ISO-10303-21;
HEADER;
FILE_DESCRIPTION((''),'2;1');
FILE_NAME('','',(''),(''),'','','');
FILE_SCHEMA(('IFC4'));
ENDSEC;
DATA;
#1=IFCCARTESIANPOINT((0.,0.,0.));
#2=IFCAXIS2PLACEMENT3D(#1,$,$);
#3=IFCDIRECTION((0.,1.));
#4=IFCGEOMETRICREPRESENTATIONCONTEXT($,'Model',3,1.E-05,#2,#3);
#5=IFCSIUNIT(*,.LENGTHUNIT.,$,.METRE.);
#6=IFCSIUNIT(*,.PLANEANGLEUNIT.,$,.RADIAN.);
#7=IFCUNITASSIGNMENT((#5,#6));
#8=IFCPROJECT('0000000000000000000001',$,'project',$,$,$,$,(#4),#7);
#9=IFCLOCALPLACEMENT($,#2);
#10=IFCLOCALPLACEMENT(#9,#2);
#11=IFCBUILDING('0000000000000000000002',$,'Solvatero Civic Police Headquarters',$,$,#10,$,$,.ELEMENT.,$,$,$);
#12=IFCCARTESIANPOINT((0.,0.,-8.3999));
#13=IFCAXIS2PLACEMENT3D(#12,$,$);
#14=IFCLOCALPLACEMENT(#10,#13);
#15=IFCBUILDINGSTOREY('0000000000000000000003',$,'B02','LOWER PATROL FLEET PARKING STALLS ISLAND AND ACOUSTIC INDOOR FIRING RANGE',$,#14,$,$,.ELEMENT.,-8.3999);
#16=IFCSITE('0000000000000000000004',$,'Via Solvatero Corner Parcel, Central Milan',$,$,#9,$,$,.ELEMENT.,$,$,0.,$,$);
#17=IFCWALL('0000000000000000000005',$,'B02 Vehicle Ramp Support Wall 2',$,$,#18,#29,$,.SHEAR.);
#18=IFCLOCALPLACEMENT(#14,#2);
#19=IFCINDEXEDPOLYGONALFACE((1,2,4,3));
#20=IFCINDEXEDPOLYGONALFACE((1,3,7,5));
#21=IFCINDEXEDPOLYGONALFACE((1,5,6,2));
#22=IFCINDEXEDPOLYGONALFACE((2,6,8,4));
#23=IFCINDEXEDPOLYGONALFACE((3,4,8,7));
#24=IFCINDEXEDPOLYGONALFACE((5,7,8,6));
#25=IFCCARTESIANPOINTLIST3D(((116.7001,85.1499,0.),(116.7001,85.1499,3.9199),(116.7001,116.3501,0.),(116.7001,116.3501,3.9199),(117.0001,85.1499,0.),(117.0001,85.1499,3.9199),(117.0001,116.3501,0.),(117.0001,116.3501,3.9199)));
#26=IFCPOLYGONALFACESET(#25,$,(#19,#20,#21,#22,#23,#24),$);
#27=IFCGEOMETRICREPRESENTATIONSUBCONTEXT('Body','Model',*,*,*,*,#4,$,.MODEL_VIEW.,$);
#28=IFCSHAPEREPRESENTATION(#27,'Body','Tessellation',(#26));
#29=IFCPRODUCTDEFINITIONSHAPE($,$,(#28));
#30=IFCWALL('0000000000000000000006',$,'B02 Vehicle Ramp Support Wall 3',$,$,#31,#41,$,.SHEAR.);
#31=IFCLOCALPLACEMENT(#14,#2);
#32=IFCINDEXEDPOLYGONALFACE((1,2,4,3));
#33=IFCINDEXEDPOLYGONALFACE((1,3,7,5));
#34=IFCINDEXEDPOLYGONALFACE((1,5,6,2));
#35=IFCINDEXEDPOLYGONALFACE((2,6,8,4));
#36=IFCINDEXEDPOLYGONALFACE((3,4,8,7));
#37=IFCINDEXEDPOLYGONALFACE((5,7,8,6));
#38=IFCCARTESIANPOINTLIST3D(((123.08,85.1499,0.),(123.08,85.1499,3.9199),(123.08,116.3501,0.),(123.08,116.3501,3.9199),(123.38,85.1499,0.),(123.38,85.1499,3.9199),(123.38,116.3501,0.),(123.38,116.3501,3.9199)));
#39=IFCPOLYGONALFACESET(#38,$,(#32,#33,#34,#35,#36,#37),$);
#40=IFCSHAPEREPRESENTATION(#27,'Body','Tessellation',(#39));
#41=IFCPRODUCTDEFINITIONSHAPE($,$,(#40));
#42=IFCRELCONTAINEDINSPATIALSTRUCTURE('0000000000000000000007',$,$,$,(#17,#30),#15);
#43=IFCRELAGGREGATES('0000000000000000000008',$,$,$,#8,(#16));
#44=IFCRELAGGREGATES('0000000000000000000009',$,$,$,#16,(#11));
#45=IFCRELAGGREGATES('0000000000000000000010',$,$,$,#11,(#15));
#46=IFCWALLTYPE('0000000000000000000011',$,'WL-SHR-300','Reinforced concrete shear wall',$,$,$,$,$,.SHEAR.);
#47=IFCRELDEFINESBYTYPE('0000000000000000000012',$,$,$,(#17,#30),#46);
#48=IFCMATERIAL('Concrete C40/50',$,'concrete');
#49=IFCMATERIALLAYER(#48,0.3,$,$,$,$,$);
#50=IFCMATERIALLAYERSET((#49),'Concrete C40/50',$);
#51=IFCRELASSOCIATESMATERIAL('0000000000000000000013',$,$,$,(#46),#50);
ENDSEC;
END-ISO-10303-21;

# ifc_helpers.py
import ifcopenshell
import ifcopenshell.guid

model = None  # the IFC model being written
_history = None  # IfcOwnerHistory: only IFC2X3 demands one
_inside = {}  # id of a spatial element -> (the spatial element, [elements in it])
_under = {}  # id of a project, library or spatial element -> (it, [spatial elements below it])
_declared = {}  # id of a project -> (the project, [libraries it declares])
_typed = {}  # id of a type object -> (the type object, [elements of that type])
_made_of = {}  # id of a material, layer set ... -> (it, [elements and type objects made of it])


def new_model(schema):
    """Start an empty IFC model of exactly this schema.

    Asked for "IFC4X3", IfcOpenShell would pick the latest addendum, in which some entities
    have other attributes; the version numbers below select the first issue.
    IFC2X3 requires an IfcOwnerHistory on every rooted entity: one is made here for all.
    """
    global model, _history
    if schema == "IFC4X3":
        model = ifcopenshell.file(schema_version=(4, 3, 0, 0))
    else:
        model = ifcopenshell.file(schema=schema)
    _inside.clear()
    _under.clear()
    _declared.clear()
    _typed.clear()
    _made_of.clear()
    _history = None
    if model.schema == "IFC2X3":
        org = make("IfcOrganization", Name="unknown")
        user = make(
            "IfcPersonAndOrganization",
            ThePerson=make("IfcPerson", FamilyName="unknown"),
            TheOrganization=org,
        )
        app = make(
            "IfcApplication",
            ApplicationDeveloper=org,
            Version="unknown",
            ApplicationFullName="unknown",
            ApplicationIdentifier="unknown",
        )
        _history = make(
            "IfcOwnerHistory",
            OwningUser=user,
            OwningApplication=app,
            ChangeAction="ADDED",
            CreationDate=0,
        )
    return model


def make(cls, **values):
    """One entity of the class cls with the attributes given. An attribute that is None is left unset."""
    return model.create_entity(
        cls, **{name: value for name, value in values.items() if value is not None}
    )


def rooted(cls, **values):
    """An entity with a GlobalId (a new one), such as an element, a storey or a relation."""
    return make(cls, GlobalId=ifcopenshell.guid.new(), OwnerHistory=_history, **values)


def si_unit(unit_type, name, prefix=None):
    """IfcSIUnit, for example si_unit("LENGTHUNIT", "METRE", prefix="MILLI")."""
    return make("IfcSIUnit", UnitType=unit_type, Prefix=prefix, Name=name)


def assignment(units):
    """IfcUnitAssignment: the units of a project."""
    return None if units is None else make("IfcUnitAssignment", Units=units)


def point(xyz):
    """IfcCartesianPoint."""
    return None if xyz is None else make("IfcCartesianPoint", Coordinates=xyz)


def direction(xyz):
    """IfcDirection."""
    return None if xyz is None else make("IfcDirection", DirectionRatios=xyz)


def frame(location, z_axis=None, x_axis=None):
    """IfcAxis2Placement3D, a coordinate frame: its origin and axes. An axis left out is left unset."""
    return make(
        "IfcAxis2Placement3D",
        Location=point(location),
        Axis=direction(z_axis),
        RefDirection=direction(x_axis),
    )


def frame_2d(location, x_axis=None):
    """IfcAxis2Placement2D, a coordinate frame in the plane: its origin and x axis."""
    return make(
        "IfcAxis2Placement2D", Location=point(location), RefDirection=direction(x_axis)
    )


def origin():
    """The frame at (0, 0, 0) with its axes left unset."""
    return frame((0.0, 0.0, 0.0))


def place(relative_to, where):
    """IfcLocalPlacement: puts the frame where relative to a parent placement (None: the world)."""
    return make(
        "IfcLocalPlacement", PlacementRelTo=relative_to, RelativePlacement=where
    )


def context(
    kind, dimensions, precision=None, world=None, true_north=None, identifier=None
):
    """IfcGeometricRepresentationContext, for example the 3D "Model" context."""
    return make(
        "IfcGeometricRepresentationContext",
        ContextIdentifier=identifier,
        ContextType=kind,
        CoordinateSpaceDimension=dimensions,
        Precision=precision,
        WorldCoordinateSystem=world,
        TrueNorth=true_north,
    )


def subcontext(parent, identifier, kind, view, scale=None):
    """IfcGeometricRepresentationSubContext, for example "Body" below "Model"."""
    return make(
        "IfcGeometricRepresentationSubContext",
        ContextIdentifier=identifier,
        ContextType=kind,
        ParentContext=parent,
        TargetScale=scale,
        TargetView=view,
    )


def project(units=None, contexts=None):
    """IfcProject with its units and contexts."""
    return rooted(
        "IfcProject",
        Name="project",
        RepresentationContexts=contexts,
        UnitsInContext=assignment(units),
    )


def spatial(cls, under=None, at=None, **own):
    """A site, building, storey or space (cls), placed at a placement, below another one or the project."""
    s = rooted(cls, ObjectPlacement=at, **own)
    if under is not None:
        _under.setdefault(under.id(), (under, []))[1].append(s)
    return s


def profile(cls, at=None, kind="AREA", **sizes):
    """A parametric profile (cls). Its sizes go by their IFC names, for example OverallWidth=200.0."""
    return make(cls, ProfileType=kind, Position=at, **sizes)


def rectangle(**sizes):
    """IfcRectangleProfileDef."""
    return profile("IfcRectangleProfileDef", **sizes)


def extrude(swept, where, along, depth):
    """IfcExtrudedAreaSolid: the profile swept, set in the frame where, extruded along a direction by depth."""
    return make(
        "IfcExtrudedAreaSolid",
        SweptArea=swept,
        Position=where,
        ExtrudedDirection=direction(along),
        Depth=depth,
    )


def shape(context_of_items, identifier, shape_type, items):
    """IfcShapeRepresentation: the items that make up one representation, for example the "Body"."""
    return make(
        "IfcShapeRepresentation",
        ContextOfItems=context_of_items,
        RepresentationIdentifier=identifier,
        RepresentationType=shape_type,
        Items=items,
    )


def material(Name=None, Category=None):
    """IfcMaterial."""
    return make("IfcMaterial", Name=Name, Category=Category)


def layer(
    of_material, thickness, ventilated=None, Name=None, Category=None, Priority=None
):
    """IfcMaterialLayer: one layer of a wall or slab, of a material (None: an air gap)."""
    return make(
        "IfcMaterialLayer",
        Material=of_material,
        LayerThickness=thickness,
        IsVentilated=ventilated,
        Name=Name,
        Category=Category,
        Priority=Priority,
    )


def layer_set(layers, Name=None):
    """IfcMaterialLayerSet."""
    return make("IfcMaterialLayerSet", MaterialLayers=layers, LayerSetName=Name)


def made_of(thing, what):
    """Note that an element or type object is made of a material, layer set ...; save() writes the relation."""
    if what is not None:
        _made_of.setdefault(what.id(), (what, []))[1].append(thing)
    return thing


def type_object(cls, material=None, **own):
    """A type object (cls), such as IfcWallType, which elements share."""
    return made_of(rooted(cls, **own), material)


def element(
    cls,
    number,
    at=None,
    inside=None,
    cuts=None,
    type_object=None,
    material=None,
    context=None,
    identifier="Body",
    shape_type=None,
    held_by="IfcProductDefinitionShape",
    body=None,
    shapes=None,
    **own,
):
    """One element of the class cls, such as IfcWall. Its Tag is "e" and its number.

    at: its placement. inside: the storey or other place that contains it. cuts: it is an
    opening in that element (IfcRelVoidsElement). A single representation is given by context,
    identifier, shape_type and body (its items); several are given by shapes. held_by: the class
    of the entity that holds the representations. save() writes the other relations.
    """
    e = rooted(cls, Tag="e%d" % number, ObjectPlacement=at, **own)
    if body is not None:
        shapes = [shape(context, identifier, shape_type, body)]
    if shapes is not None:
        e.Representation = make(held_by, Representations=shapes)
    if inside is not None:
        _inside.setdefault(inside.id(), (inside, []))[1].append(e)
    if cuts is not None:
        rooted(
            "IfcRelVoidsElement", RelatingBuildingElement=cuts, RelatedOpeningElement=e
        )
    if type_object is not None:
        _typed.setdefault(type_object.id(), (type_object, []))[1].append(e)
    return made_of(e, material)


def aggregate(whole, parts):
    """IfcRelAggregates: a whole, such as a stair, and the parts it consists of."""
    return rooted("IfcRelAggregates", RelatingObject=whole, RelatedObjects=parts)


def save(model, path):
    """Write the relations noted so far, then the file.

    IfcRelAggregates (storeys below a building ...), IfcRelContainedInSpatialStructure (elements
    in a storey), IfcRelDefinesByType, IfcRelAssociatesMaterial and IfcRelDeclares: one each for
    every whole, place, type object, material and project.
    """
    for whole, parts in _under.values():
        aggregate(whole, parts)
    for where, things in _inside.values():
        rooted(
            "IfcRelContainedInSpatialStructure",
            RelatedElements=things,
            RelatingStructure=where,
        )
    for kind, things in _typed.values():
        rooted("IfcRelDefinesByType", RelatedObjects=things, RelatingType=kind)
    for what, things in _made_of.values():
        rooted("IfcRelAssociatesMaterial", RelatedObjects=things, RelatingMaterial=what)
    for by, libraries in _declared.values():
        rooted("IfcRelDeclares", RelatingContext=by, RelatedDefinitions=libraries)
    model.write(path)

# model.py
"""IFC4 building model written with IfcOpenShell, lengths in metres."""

from ifc_helpers import new_model, si_unit, direction, frame, frame_2d, origin, place, context, subcontext, project, spatial, rectangle, extrude, material, layer, layer_set, type_object, element, save


model = new_model("IFC4")

# Units and contexts
model_context = context("Model", 3, precision=1e-05, world=origin(), true_north=direction((0.0, 1.0)))
body_context = subcontext(model_context, "Body", "Model", "MODEL_VIEW")
ifc_project = project(units=[si_unit("LENGTHUNIT", "METRE"), si_unit("PLANEANGLEUNIT", "RADIAN")], contexts=[model_context])

# Site, building, storey
site_placement = place(None, origin())
site = spatial("IfcSite", under=ifc_project, at=site_placement, Name="Via Solvatero Corner Parcel, Central Milan", CompositionType="ELEMENT", RefElevation=0.0)
building_placement = place(site_placement, origin())
building = spatial("IfcBuilding", under=site, at=building_placement, Name="Solvatero Civic Police Headquarters", CompositionType="ELEMENT")
storey_placement = place(building_placement, frame((0.0, 0.0, -8.3999)))
storey = spatial("IfcBuildingStorey", under=building, at=storey_placement, Name="B02", Description="LOWER PATROL FLEET PARKING STALLS ISLAND AND ACOUSTIC INDOOR FIRING RANGE", CompositionType="ELEMENT", Elevation=-8.3999)

# Shared definitions
ifc_material_1 = material(Name="Concrete C40/50", Category="concrete")

# Walls
ifc_layer_1 = layer(ifc_material_1, 0.3)
ifc_layer_set_1 = layer_set([ifc_layer_1], Name="Concrete C40/50")
wall_type_1 = type_object("IfcWallType", Name="WL-SHR-300", Description="Reinforced concrete shear wall", PredefinedType="SHEAR", material=ifc_layer_set_1)
for number, where, z_axis, x_axis, name in (
    (1, (116.8501, 85.1499, 0.0), (0.0, 0.0, 1.0), (0.0, 1.0, 0.0), "B02 Vehicle Ramp Support Wall 2"),
    (2, (123.23, 85.1499, 0.0), (0.0, 0.0, 1.0), (0.0, 1.0, 0.0), "B02 Vehicle Ramp Support Wall 3"),
):
    element("IfcWall", number, at=place(storey_placement, frame(where, z_axis=z_axis, x_axis=x_axis)), inside=storey, type_object=wall_type_1, Name=name, PredefinedType="SHEAR", context=body_context, shape_type="SweptSolid", body=[
        extrude(rectangle(XDim=31.2002, YDim=0.3, at=frame_2d((15.6001, 0.0))), origin(), (0.0, 0.0, 1.0), 3.9199),
    ])

save(model, "model.ifc")
